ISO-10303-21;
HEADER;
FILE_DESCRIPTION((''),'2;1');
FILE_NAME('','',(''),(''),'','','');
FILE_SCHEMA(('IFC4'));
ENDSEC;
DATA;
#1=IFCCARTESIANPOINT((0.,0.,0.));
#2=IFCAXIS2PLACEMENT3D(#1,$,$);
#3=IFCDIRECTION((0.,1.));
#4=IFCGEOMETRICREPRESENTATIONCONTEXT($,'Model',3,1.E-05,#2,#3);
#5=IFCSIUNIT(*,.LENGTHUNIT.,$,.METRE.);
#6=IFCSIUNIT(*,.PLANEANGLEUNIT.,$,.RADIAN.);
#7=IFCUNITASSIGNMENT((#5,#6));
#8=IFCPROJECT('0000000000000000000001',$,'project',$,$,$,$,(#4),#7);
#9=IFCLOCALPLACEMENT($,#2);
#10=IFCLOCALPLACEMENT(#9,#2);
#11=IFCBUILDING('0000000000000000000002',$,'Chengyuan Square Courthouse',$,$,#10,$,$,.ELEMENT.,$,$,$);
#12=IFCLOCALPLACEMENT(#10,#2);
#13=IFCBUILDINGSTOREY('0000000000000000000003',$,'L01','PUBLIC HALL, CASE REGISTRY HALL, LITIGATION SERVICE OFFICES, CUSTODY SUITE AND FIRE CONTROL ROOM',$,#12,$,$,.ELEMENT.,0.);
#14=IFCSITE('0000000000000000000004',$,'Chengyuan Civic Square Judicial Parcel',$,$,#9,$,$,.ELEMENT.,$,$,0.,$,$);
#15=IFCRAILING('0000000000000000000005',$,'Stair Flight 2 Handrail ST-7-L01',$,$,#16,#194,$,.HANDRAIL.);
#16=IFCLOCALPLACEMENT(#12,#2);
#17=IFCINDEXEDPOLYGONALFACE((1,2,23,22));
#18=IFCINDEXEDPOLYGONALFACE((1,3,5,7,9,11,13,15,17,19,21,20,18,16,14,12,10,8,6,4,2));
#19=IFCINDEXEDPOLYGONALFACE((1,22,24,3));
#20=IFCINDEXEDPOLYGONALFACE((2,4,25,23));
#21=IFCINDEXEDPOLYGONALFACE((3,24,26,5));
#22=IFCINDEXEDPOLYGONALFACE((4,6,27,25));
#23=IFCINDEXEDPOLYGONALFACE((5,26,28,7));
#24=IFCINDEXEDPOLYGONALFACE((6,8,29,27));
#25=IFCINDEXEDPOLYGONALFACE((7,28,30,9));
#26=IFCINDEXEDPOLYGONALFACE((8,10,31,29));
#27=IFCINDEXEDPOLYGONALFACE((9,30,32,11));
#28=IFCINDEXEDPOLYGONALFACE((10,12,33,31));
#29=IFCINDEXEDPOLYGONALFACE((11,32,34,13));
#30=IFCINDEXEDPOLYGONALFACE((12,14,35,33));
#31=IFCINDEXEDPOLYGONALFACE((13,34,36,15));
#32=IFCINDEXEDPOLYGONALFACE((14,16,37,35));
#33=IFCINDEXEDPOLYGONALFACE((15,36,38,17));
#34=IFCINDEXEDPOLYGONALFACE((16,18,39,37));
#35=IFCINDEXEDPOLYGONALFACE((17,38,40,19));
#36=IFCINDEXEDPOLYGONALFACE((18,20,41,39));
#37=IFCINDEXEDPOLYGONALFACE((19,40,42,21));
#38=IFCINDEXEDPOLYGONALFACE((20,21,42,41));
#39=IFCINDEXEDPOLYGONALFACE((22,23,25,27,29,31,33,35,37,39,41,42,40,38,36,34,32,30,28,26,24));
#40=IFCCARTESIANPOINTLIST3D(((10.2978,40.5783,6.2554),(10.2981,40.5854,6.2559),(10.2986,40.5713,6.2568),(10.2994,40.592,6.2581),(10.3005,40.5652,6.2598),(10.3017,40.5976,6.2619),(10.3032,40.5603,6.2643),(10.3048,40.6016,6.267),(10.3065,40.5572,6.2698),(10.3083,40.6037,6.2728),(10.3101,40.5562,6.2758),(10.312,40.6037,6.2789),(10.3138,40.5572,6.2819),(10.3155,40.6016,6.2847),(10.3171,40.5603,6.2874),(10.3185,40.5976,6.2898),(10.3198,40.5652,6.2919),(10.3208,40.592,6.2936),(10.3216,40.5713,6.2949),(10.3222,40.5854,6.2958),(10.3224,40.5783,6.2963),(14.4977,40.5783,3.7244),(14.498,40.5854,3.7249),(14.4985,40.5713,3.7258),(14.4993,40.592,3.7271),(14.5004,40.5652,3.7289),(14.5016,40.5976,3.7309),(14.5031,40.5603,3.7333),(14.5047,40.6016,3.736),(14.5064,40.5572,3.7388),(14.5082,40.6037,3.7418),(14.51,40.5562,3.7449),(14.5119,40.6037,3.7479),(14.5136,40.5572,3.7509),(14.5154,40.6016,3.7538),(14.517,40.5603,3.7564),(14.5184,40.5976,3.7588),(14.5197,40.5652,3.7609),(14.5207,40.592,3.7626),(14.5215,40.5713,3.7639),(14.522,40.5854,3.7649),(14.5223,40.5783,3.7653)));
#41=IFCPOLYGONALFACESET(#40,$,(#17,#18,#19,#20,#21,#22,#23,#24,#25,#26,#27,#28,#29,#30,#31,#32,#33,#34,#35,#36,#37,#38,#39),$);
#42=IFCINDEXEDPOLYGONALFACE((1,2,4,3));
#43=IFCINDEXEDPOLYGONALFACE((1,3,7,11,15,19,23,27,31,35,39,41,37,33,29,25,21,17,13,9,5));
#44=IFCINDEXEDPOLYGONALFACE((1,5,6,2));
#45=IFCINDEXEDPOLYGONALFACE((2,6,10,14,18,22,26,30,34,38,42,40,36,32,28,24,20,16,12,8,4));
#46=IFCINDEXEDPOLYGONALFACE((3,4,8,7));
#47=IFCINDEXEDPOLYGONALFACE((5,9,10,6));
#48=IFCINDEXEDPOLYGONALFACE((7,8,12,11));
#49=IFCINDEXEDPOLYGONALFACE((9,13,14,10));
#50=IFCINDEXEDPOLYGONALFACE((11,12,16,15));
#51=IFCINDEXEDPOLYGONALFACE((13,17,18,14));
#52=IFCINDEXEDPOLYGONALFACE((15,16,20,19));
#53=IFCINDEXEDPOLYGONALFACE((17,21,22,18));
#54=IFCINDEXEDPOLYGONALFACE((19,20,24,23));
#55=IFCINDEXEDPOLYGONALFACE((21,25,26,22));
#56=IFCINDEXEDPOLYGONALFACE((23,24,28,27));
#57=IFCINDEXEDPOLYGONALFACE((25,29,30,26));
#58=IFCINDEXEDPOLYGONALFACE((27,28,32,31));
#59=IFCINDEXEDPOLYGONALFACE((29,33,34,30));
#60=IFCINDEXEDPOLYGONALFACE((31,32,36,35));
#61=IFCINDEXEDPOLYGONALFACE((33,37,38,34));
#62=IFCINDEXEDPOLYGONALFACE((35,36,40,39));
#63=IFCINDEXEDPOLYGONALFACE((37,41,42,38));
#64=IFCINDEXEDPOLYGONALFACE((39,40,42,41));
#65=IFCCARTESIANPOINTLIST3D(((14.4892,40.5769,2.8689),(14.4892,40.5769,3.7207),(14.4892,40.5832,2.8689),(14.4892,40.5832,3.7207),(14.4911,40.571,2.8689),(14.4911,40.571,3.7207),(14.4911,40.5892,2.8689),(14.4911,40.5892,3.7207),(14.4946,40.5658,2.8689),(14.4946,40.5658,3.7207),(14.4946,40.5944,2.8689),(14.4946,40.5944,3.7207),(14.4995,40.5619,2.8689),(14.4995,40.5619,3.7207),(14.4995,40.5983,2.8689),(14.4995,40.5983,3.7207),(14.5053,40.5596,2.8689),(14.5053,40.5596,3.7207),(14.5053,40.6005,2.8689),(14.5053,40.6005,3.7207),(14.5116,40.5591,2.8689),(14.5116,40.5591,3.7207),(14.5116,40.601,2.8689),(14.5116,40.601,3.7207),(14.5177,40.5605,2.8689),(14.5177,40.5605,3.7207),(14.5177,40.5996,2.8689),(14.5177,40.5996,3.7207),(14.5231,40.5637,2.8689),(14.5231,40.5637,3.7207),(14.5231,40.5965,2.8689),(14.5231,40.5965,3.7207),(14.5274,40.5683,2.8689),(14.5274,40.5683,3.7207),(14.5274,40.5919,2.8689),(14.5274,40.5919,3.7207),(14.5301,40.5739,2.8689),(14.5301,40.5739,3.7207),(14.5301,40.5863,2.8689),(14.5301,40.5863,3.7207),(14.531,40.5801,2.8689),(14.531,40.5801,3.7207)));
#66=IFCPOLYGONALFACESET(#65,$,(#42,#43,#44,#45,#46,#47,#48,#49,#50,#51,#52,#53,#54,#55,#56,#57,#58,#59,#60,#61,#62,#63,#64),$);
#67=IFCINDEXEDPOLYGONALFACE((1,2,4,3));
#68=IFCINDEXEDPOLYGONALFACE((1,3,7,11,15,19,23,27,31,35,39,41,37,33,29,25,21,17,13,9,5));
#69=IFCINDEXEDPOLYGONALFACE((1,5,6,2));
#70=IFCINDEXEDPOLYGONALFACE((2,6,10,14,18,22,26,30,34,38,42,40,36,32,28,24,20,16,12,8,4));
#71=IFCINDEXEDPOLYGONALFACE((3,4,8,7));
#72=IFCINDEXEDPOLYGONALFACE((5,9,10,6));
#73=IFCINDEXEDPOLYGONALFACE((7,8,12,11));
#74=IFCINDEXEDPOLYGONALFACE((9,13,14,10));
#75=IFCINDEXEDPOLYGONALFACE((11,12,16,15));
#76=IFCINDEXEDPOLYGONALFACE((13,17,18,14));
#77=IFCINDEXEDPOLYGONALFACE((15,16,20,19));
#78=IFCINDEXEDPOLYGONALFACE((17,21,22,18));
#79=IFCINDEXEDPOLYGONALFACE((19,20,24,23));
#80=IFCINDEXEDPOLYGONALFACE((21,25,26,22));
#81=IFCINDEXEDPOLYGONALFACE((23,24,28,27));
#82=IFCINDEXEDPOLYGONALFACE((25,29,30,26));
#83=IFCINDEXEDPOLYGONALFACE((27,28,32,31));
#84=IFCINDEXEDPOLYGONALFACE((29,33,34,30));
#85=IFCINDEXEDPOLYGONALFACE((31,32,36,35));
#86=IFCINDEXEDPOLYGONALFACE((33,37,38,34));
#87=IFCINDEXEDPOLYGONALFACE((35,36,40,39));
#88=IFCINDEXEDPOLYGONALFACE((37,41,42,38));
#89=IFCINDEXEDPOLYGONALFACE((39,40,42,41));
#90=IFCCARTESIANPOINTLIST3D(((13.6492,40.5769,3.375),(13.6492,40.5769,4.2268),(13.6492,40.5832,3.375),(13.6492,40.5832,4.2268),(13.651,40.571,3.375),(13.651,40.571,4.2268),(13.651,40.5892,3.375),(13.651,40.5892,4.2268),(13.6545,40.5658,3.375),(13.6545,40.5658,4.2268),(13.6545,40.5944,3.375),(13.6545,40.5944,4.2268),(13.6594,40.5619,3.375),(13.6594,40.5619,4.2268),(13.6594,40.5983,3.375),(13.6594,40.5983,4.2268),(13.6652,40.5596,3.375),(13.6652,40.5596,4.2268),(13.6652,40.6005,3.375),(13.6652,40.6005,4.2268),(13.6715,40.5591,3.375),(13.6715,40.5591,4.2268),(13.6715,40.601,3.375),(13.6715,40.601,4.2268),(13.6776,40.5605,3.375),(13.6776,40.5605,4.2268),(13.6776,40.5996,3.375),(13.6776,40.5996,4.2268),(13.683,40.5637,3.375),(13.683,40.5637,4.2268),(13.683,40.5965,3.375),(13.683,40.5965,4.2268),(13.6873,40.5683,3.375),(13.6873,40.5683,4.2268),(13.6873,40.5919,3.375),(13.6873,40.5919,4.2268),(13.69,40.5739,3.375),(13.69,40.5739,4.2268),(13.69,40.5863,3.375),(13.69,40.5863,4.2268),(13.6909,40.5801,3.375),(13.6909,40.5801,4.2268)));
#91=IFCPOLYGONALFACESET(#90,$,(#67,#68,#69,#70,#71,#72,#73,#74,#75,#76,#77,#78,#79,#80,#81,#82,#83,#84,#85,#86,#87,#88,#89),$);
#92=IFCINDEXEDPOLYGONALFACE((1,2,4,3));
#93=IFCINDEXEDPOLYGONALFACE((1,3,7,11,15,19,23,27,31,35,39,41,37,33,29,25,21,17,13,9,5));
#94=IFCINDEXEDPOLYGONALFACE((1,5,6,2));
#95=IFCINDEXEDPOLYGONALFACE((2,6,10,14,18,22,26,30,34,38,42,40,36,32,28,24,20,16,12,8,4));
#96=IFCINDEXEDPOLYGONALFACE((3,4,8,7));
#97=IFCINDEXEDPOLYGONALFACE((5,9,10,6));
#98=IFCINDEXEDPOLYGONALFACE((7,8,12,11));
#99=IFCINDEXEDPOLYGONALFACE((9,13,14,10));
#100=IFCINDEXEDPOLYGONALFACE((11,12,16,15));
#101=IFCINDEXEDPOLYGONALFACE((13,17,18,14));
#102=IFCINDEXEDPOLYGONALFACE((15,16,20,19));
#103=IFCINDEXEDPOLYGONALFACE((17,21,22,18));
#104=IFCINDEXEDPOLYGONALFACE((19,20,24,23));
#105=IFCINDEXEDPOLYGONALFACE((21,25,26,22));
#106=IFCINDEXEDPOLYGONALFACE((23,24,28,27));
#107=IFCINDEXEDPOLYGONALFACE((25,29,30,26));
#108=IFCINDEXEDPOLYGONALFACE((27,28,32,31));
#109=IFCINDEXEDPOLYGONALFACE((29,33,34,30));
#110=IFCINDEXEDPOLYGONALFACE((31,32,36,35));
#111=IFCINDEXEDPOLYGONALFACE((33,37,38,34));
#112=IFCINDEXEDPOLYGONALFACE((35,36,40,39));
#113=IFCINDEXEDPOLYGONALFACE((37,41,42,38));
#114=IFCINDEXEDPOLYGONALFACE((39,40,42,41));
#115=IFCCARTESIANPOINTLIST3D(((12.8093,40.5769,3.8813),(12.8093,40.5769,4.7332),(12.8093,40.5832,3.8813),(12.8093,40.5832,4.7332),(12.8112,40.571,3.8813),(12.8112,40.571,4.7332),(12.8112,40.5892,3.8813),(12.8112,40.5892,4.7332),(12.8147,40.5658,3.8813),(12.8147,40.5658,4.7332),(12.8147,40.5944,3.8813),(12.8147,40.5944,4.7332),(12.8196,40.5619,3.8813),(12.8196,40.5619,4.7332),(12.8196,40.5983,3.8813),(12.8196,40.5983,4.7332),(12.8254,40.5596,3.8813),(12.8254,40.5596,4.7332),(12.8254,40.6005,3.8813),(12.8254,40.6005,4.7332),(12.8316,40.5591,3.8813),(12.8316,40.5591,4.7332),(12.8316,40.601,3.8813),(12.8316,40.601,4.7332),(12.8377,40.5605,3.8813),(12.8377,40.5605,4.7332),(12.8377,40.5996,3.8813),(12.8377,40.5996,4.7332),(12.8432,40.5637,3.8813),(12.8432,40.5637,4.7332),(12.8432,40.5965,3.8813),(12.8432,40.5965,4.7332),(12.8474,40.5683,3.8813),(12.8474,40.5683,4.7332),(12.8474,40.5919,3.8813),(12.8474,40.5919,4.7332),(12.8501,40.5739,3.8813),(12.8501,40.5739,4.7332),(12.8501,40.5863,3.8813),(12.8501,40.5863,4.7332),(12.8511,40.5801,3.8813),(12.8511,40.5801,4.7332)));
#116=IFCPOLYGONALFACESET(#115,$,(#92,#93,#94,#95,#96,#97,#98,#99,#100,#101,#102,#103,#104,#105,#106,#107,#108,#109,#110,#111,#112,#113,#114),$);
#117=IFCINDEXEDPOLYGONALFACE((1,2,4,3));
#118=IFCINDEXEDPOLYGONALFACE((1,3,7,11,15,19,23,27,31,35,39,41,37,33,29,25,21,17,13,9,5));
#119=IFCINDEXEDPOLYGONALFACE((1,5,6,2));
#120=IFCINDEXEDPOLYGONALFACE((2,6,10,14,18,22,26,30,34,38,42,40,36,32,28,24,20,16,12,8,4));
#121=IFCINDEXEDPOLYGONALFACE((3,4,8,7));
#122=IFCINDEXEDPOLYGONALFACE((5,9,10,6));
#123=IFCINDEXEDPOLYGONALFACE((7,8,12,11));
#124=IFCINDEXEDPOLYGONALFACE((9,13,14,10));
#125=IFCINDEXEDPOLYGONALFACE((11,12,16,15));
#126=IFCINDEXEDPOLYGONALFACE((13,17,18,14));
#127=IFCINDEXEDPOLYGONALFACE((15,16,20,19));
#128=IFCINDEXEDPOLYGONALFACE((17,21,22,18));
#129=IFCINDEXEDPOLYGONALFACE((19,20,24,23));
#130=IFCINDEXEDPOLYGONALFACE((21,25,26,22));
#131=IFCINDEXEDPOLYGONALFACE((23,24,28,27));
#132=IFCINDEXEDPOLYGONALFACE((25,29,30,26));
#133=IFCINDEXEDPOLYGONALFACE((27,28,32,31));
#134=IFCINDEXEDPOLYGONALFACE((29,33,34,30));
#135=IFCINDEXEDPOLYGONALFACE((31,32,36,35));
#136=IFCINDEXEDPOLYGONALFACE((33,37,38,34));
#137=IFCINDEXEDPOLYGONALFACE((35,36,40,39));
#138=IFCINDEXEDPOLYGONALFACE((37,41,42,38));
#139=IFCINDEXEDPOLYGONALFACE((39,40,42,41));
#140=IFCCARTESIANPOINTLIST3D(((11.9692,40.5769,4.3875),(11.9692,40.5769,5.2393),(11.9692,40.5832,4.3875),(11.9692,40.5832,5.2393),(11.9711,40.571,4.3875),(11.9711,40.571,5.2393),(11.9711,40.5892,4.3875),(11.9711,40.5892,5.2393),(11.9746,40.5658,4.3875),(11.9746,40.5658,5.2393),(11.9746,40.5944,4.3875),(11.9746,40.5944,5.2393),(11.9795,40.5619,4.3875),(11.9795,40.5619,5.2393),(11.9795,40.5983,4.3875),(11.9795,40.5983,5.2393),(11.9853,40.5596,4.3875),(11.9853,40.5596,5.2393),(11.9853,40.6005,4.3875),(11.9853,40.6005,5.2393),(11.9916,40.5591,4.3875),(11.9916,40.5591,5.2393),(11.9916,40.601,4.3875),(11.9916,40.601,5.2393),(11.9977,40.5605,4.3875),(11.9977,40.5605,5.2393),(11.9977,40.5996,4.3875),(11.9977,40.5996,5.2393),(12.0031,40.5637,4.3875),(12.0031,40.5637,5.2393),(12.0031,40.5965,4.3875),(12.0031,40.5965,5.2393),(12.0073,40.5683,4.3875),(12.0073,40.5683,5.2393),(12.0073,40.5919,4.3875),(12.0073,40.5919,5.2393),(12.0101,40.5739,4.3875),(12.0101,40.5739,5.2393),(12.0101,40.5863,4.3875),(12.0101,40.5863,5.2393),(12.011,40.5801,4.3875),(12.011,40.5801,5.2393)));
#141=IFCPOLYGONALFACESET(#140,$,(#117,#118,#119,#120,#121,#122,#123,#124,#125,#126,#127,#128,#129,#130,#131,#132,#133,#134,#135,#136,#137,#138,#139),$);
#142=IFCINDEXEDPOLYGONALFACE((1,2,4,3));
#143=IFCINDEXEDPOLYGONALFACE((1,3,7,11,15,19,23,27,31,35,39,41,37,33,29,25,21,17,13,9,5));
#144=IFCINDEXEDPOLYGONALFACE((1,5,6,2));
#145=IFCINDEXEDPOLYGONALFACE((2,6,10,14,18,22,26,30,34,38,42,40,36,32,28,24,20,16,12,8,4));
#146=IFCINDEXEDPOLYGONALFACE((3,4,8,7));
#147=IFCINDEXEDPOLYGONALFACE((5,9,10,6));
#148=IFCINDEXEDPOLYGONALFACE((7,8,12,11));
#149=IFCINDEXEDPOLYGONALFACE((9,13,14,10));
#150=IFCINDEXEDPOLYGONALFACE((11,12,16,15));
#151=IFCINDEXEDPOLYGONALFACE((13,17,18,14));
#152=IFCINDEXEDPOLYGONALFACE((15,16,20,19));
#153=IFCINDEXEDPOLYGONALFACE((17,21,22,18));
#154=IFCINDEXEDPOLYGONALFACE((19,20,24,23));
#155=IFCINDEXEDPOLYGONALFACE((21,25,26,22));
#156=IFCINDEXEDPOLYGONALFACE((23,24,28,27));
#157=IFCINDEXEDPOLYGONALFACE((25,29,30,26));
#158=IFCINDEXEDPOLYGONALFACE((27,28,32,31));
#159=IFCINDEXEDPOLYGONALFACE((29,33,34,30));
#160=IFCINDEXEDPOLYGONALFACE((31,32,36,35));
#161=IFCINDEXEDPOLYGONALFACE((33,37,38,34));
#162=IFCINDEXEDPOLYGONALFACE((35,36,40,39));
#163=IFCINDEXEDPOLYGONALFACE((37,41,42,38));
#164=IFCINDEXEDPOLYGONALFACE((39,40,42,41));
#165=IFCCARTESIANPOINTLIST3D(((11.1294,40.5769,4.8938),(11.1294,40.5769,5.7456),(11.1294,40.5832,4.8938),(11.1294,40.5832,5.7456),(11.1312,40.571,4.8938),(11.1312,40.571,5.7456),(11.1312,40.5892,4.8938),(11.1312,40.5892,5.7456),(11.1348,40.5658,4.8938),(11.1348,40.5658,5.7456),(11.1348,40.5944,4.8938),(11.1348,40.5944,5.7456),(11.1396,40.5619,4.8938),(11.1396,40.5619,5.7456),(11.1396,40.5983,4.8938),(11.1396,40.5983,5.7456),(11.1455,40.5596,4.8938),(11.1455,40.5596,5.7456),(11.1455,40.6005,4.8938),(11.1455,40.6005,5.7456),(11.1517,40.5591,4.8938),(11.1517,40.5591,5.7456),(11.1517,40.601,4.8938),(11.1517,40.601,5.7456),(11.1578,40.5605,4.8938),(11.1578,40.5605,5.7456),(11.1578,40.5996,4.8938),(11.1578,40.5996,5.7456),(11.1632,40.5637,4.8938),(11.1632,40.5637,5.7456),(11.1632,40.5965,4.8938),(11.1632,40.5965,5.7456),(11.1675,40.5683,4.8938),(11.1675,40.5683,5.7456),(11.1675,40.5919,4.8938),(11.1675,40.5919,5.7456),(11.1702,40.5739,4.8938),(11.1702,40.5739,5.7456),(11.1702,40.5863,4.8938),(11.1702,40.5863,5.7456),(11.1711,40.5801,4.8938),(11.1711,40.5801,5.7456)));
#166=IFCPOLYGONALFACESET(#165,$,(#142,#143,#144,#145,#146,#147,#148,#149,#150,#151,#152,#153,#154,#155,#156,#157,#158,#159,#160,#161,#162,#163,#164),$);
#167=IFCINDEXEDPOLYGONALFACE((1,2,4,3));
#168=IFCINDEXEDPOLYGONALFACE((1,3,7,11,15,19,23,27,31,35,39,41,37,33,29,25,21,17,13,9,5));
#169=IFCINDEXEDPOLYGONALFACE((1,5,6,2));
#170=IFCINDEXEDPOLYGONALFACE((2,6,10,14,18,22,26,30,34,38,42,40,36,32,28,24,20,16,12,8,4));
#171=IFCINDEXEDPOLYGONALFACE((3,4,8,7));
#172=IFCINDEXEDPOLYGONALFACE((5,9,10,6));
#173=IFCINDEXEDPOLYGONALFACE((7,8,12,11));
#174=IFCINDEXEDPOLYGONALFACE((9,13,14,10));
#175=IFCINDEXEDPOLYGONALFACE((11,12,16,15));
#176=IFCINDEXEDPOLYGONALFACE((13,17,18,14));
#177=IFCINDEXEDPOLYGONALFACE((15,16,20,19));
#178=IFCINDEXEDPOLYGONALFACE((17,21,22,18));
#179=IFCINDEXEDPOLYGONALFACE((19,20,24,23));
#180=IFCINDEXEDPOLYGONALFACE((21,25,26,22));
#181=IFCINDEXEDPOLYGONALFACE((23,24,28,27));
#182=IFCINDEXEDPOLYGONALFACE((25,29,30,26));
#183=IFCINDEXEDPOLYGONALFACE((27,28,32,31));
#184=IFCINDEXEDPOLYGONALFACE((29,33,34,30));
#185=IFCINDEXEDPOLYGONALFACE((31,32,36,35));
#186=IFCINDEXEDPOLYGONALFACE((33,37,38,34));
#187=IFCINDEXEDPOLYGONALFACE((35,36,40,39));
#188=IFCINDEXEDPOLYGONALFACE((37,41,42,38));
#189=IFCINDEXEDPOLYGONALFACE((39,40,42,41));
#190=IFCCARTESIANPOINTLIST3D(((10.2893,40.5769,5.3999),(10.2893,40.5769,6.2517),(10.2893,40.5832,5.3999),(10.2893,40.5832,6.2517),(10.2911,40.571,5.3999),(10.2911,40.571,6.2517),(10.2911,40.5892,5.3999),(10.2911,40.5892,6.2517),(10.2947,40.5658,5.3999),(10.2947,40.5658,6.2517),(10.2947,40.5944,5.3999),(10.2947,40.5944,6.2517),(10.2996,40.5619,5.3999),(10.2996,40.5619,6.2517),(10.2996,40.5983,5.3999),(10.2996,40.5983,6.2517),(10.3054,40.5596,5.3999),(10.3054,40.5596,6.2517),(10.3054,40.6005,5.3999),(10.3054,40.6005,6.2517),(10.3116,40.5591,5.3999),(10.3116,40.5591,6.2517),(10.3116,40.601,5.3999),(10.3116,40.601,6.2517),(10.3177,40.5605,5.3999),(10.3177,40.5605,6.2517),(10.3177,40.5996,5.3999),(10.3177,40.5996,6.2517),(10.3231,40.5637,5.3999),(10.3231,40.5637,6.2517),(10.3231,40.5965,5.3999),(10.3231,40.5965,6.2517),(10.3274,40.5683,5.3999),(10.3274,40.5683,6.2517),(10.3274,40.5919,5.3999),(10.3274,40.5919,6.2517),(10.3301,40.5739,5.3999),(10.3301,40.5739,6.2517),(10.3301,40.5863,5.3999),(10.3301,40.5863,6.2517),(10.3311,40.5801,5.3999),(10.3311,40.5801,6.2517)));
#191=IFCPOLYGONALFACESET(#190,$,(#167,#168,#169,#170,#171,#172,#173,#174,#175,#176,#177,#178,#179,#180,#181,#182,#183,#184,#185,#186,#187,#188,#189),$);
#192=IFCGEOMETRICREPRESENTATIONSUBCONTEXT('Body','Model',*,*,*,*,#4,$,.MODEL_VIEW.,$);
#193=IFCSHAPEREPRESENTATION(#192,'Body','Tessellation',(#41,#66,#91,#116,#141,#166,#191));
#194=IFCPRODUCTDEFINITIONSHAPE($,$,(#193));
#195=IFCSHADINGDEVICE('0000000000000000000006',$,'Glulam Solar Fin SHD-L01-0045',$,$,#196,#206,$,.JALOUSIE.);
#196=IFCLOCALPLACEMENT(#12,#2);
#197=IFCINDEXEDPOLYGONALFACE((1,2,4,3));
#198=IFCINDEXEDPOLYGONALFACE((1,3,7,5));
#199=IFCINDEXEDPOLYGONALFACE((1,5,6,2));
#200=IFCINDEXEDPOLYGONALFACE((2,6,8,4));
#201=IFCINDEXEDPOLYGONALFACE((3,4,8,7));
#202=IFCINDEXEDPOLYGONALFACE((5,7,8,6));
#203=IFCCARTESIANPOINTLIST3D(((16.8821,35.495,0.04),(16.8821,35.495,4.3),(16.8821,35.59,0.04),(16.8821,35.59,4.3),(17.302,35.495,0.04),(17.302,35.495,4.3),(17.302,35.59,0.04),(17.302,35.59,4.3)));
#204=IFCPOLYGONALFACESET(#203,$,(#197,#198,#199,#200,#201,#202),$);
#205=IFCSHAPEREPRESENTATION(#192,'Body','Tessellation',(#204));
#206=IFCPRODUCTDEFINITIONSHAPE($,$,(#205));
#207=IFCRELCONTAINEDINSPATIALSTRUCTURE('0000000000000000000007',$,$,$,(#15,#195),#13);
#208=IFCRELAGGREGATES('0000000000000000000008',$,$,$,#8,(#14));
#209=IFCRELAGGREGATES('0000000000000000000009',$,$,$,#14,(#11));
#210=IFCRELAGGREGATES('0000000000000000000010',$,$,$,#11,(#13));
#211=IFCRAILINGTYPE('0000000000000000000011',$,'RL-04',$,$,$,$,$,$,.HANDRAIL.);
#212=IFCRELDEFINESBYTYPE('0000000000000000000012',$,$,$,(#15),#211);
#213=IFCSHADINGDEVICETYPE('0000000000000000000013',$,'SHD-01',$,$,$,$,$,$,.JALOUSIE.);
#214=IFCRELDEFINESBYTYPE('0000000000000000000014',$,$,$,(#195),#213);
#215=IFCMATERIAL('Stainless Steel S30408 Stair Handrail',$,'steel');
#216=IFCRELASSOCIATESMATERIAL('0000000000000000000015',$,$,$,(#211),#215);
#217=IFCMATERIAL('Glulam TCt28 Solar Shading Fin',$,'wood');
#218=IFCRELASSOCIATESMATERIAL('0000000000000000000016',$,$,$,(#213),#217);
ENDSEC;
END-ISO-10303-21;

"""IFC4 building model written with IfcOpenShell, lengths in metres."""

from ifc_helpers import new_model, si_unit, direction, frame, origin, origin_2d, place, context, subcontext, project, spatial, rectangle, circle, extrude, material, type_object, element, save


model = new_model("IFC4")

# Units and contexts
model_context = context("Model", 3, precision=1e-05, world=origin(), true_north=direction((0.0, 1.0)))
body_context = subcontext(model_context, "Body", "Model", "MODEL_VIEW")
ifc_project = project(units=[si_unit("LENGTHUNIT", "METRE"), si_unit("PLANEANGLEUNIT", "RADIAN")], contexts=[model_context])

# Site, building, storey
site_placement = place(None, origin())
site = spatial("IfcSite", under=ifc_project, at=site_placement, Name="Chengyuan Civic Square Judicial Parcel", CompositionType="ELEMENT", RefElevation=0.0)
building_placement = place(site_placement, origin())
building = spatial("IfcBuilding", under=site, at=building_placement, Name="Chengyuan Square Courthouse", CompositionType="ELEMENT")
storey_placement = place(building_placement, origin())
storey = spatial("IfcBuildingStorey", under=building, at=storey_placement, Name="L01", Description="PUBLIC HALL, CASE REGISTRY HALL, LITIGATION SERVICE OFFICES, CUSTODY SUITE AND FIRE CONTROL ROOM", CompositionType="ELEMENT", Elevation=0.0)

# Railing
ifc_material_1 = material(Name="Stainless Steel S30408 Stair Handrail", Category="steel")
railing_type_1 = type_object("IfcRailingType", Name="RL-04", PredefinedType="HANDRAIL", material=ifc_material_1)
railing_1_placement = place(storey_placement, frame((14.51, 40.5801, 2.8689)))
element("IfcRailing", 1, at=railing_1_placement, inside=storey, type_object=railing_type_1, Name="Stair Flight 2 Handrail ST-7-L01", PredefinedType="HANDRAIL", context=body_context, shape_type="SweptSolid", body=[
    extrude(circle(Radius=0.0239, at=origin_2d()), frame((0.0, 0.0, 0.876), z_axis=(-0.856499, 0.0, 0.51615), x_axis=(0.0, -1.0, 0.0)), (0.0, 0.0, 1.0), 4.9036),
    extrude(circle(Radius=0.021, at=origin_2d()), origin(), (0.0, 0.0, 1.0), 0.8518),
    extrude(circle(Radius=0.021, at=origin_2d()), frame((-0.8401, 0.0, 0.5061)), (0.0, 0.0, 1.0), 0.8518),
    extrude(circle(Radius=0.021, at=origin_2d()), frame((-1.6799, 0.0, 1.0125)), (0.0, 0.0, 1.0), 0.8518),
    extrude(circle(Radius=0.021, at=origin_2d()), frame((-2.52, 0.0, 1.5186)), (0.0, 0.0, 1.0), 0.8518),
    extrude(circle(Radius=0.021, at=origin_2d()), frame((-3.3599, 0.0, 2.0249)), (0.0, 0.0, 1.0), 0.8518),
    extrude(circle(Radius=0.021, at=origin_2d()), frame((-4.2, 0.0, 2.531)), (0.0, 0.0, 1.0), 0.8518),
])

# Shading device
ifc_material_2 = material(Name="Glulam TCt28 Solar Shading Fin", Category="wood")
shading_device_type_1 = type_object("IfcShadingDeviceType", Name="SHD-01", PredefinedType="JALOUSIE", material=ifc_material_2)
shading_device_placement = place(storey_placement, frame((17.092, 35.5425, 0.04), z_axis=(0.0, 0.0, 1.0), x_axis=(1.0, 0.0, 0.0)))
element("IfcShadingDevice", 2, at=shading_device_placement, inside=storey, type_object=shading_device_type_1, Name="Glulam Solar Fin SHD-L01-0045", PredefinedType="JALOUSIE", context=body_context, shape_type="SweptSolid", body=[
    extrude(rectangle(XDim=0.4199, YDim=0.095, at=origin_2d()), origin(), (0.0, 0.0, 1.0), 4.26),
])

save(model, "model.ifc")
